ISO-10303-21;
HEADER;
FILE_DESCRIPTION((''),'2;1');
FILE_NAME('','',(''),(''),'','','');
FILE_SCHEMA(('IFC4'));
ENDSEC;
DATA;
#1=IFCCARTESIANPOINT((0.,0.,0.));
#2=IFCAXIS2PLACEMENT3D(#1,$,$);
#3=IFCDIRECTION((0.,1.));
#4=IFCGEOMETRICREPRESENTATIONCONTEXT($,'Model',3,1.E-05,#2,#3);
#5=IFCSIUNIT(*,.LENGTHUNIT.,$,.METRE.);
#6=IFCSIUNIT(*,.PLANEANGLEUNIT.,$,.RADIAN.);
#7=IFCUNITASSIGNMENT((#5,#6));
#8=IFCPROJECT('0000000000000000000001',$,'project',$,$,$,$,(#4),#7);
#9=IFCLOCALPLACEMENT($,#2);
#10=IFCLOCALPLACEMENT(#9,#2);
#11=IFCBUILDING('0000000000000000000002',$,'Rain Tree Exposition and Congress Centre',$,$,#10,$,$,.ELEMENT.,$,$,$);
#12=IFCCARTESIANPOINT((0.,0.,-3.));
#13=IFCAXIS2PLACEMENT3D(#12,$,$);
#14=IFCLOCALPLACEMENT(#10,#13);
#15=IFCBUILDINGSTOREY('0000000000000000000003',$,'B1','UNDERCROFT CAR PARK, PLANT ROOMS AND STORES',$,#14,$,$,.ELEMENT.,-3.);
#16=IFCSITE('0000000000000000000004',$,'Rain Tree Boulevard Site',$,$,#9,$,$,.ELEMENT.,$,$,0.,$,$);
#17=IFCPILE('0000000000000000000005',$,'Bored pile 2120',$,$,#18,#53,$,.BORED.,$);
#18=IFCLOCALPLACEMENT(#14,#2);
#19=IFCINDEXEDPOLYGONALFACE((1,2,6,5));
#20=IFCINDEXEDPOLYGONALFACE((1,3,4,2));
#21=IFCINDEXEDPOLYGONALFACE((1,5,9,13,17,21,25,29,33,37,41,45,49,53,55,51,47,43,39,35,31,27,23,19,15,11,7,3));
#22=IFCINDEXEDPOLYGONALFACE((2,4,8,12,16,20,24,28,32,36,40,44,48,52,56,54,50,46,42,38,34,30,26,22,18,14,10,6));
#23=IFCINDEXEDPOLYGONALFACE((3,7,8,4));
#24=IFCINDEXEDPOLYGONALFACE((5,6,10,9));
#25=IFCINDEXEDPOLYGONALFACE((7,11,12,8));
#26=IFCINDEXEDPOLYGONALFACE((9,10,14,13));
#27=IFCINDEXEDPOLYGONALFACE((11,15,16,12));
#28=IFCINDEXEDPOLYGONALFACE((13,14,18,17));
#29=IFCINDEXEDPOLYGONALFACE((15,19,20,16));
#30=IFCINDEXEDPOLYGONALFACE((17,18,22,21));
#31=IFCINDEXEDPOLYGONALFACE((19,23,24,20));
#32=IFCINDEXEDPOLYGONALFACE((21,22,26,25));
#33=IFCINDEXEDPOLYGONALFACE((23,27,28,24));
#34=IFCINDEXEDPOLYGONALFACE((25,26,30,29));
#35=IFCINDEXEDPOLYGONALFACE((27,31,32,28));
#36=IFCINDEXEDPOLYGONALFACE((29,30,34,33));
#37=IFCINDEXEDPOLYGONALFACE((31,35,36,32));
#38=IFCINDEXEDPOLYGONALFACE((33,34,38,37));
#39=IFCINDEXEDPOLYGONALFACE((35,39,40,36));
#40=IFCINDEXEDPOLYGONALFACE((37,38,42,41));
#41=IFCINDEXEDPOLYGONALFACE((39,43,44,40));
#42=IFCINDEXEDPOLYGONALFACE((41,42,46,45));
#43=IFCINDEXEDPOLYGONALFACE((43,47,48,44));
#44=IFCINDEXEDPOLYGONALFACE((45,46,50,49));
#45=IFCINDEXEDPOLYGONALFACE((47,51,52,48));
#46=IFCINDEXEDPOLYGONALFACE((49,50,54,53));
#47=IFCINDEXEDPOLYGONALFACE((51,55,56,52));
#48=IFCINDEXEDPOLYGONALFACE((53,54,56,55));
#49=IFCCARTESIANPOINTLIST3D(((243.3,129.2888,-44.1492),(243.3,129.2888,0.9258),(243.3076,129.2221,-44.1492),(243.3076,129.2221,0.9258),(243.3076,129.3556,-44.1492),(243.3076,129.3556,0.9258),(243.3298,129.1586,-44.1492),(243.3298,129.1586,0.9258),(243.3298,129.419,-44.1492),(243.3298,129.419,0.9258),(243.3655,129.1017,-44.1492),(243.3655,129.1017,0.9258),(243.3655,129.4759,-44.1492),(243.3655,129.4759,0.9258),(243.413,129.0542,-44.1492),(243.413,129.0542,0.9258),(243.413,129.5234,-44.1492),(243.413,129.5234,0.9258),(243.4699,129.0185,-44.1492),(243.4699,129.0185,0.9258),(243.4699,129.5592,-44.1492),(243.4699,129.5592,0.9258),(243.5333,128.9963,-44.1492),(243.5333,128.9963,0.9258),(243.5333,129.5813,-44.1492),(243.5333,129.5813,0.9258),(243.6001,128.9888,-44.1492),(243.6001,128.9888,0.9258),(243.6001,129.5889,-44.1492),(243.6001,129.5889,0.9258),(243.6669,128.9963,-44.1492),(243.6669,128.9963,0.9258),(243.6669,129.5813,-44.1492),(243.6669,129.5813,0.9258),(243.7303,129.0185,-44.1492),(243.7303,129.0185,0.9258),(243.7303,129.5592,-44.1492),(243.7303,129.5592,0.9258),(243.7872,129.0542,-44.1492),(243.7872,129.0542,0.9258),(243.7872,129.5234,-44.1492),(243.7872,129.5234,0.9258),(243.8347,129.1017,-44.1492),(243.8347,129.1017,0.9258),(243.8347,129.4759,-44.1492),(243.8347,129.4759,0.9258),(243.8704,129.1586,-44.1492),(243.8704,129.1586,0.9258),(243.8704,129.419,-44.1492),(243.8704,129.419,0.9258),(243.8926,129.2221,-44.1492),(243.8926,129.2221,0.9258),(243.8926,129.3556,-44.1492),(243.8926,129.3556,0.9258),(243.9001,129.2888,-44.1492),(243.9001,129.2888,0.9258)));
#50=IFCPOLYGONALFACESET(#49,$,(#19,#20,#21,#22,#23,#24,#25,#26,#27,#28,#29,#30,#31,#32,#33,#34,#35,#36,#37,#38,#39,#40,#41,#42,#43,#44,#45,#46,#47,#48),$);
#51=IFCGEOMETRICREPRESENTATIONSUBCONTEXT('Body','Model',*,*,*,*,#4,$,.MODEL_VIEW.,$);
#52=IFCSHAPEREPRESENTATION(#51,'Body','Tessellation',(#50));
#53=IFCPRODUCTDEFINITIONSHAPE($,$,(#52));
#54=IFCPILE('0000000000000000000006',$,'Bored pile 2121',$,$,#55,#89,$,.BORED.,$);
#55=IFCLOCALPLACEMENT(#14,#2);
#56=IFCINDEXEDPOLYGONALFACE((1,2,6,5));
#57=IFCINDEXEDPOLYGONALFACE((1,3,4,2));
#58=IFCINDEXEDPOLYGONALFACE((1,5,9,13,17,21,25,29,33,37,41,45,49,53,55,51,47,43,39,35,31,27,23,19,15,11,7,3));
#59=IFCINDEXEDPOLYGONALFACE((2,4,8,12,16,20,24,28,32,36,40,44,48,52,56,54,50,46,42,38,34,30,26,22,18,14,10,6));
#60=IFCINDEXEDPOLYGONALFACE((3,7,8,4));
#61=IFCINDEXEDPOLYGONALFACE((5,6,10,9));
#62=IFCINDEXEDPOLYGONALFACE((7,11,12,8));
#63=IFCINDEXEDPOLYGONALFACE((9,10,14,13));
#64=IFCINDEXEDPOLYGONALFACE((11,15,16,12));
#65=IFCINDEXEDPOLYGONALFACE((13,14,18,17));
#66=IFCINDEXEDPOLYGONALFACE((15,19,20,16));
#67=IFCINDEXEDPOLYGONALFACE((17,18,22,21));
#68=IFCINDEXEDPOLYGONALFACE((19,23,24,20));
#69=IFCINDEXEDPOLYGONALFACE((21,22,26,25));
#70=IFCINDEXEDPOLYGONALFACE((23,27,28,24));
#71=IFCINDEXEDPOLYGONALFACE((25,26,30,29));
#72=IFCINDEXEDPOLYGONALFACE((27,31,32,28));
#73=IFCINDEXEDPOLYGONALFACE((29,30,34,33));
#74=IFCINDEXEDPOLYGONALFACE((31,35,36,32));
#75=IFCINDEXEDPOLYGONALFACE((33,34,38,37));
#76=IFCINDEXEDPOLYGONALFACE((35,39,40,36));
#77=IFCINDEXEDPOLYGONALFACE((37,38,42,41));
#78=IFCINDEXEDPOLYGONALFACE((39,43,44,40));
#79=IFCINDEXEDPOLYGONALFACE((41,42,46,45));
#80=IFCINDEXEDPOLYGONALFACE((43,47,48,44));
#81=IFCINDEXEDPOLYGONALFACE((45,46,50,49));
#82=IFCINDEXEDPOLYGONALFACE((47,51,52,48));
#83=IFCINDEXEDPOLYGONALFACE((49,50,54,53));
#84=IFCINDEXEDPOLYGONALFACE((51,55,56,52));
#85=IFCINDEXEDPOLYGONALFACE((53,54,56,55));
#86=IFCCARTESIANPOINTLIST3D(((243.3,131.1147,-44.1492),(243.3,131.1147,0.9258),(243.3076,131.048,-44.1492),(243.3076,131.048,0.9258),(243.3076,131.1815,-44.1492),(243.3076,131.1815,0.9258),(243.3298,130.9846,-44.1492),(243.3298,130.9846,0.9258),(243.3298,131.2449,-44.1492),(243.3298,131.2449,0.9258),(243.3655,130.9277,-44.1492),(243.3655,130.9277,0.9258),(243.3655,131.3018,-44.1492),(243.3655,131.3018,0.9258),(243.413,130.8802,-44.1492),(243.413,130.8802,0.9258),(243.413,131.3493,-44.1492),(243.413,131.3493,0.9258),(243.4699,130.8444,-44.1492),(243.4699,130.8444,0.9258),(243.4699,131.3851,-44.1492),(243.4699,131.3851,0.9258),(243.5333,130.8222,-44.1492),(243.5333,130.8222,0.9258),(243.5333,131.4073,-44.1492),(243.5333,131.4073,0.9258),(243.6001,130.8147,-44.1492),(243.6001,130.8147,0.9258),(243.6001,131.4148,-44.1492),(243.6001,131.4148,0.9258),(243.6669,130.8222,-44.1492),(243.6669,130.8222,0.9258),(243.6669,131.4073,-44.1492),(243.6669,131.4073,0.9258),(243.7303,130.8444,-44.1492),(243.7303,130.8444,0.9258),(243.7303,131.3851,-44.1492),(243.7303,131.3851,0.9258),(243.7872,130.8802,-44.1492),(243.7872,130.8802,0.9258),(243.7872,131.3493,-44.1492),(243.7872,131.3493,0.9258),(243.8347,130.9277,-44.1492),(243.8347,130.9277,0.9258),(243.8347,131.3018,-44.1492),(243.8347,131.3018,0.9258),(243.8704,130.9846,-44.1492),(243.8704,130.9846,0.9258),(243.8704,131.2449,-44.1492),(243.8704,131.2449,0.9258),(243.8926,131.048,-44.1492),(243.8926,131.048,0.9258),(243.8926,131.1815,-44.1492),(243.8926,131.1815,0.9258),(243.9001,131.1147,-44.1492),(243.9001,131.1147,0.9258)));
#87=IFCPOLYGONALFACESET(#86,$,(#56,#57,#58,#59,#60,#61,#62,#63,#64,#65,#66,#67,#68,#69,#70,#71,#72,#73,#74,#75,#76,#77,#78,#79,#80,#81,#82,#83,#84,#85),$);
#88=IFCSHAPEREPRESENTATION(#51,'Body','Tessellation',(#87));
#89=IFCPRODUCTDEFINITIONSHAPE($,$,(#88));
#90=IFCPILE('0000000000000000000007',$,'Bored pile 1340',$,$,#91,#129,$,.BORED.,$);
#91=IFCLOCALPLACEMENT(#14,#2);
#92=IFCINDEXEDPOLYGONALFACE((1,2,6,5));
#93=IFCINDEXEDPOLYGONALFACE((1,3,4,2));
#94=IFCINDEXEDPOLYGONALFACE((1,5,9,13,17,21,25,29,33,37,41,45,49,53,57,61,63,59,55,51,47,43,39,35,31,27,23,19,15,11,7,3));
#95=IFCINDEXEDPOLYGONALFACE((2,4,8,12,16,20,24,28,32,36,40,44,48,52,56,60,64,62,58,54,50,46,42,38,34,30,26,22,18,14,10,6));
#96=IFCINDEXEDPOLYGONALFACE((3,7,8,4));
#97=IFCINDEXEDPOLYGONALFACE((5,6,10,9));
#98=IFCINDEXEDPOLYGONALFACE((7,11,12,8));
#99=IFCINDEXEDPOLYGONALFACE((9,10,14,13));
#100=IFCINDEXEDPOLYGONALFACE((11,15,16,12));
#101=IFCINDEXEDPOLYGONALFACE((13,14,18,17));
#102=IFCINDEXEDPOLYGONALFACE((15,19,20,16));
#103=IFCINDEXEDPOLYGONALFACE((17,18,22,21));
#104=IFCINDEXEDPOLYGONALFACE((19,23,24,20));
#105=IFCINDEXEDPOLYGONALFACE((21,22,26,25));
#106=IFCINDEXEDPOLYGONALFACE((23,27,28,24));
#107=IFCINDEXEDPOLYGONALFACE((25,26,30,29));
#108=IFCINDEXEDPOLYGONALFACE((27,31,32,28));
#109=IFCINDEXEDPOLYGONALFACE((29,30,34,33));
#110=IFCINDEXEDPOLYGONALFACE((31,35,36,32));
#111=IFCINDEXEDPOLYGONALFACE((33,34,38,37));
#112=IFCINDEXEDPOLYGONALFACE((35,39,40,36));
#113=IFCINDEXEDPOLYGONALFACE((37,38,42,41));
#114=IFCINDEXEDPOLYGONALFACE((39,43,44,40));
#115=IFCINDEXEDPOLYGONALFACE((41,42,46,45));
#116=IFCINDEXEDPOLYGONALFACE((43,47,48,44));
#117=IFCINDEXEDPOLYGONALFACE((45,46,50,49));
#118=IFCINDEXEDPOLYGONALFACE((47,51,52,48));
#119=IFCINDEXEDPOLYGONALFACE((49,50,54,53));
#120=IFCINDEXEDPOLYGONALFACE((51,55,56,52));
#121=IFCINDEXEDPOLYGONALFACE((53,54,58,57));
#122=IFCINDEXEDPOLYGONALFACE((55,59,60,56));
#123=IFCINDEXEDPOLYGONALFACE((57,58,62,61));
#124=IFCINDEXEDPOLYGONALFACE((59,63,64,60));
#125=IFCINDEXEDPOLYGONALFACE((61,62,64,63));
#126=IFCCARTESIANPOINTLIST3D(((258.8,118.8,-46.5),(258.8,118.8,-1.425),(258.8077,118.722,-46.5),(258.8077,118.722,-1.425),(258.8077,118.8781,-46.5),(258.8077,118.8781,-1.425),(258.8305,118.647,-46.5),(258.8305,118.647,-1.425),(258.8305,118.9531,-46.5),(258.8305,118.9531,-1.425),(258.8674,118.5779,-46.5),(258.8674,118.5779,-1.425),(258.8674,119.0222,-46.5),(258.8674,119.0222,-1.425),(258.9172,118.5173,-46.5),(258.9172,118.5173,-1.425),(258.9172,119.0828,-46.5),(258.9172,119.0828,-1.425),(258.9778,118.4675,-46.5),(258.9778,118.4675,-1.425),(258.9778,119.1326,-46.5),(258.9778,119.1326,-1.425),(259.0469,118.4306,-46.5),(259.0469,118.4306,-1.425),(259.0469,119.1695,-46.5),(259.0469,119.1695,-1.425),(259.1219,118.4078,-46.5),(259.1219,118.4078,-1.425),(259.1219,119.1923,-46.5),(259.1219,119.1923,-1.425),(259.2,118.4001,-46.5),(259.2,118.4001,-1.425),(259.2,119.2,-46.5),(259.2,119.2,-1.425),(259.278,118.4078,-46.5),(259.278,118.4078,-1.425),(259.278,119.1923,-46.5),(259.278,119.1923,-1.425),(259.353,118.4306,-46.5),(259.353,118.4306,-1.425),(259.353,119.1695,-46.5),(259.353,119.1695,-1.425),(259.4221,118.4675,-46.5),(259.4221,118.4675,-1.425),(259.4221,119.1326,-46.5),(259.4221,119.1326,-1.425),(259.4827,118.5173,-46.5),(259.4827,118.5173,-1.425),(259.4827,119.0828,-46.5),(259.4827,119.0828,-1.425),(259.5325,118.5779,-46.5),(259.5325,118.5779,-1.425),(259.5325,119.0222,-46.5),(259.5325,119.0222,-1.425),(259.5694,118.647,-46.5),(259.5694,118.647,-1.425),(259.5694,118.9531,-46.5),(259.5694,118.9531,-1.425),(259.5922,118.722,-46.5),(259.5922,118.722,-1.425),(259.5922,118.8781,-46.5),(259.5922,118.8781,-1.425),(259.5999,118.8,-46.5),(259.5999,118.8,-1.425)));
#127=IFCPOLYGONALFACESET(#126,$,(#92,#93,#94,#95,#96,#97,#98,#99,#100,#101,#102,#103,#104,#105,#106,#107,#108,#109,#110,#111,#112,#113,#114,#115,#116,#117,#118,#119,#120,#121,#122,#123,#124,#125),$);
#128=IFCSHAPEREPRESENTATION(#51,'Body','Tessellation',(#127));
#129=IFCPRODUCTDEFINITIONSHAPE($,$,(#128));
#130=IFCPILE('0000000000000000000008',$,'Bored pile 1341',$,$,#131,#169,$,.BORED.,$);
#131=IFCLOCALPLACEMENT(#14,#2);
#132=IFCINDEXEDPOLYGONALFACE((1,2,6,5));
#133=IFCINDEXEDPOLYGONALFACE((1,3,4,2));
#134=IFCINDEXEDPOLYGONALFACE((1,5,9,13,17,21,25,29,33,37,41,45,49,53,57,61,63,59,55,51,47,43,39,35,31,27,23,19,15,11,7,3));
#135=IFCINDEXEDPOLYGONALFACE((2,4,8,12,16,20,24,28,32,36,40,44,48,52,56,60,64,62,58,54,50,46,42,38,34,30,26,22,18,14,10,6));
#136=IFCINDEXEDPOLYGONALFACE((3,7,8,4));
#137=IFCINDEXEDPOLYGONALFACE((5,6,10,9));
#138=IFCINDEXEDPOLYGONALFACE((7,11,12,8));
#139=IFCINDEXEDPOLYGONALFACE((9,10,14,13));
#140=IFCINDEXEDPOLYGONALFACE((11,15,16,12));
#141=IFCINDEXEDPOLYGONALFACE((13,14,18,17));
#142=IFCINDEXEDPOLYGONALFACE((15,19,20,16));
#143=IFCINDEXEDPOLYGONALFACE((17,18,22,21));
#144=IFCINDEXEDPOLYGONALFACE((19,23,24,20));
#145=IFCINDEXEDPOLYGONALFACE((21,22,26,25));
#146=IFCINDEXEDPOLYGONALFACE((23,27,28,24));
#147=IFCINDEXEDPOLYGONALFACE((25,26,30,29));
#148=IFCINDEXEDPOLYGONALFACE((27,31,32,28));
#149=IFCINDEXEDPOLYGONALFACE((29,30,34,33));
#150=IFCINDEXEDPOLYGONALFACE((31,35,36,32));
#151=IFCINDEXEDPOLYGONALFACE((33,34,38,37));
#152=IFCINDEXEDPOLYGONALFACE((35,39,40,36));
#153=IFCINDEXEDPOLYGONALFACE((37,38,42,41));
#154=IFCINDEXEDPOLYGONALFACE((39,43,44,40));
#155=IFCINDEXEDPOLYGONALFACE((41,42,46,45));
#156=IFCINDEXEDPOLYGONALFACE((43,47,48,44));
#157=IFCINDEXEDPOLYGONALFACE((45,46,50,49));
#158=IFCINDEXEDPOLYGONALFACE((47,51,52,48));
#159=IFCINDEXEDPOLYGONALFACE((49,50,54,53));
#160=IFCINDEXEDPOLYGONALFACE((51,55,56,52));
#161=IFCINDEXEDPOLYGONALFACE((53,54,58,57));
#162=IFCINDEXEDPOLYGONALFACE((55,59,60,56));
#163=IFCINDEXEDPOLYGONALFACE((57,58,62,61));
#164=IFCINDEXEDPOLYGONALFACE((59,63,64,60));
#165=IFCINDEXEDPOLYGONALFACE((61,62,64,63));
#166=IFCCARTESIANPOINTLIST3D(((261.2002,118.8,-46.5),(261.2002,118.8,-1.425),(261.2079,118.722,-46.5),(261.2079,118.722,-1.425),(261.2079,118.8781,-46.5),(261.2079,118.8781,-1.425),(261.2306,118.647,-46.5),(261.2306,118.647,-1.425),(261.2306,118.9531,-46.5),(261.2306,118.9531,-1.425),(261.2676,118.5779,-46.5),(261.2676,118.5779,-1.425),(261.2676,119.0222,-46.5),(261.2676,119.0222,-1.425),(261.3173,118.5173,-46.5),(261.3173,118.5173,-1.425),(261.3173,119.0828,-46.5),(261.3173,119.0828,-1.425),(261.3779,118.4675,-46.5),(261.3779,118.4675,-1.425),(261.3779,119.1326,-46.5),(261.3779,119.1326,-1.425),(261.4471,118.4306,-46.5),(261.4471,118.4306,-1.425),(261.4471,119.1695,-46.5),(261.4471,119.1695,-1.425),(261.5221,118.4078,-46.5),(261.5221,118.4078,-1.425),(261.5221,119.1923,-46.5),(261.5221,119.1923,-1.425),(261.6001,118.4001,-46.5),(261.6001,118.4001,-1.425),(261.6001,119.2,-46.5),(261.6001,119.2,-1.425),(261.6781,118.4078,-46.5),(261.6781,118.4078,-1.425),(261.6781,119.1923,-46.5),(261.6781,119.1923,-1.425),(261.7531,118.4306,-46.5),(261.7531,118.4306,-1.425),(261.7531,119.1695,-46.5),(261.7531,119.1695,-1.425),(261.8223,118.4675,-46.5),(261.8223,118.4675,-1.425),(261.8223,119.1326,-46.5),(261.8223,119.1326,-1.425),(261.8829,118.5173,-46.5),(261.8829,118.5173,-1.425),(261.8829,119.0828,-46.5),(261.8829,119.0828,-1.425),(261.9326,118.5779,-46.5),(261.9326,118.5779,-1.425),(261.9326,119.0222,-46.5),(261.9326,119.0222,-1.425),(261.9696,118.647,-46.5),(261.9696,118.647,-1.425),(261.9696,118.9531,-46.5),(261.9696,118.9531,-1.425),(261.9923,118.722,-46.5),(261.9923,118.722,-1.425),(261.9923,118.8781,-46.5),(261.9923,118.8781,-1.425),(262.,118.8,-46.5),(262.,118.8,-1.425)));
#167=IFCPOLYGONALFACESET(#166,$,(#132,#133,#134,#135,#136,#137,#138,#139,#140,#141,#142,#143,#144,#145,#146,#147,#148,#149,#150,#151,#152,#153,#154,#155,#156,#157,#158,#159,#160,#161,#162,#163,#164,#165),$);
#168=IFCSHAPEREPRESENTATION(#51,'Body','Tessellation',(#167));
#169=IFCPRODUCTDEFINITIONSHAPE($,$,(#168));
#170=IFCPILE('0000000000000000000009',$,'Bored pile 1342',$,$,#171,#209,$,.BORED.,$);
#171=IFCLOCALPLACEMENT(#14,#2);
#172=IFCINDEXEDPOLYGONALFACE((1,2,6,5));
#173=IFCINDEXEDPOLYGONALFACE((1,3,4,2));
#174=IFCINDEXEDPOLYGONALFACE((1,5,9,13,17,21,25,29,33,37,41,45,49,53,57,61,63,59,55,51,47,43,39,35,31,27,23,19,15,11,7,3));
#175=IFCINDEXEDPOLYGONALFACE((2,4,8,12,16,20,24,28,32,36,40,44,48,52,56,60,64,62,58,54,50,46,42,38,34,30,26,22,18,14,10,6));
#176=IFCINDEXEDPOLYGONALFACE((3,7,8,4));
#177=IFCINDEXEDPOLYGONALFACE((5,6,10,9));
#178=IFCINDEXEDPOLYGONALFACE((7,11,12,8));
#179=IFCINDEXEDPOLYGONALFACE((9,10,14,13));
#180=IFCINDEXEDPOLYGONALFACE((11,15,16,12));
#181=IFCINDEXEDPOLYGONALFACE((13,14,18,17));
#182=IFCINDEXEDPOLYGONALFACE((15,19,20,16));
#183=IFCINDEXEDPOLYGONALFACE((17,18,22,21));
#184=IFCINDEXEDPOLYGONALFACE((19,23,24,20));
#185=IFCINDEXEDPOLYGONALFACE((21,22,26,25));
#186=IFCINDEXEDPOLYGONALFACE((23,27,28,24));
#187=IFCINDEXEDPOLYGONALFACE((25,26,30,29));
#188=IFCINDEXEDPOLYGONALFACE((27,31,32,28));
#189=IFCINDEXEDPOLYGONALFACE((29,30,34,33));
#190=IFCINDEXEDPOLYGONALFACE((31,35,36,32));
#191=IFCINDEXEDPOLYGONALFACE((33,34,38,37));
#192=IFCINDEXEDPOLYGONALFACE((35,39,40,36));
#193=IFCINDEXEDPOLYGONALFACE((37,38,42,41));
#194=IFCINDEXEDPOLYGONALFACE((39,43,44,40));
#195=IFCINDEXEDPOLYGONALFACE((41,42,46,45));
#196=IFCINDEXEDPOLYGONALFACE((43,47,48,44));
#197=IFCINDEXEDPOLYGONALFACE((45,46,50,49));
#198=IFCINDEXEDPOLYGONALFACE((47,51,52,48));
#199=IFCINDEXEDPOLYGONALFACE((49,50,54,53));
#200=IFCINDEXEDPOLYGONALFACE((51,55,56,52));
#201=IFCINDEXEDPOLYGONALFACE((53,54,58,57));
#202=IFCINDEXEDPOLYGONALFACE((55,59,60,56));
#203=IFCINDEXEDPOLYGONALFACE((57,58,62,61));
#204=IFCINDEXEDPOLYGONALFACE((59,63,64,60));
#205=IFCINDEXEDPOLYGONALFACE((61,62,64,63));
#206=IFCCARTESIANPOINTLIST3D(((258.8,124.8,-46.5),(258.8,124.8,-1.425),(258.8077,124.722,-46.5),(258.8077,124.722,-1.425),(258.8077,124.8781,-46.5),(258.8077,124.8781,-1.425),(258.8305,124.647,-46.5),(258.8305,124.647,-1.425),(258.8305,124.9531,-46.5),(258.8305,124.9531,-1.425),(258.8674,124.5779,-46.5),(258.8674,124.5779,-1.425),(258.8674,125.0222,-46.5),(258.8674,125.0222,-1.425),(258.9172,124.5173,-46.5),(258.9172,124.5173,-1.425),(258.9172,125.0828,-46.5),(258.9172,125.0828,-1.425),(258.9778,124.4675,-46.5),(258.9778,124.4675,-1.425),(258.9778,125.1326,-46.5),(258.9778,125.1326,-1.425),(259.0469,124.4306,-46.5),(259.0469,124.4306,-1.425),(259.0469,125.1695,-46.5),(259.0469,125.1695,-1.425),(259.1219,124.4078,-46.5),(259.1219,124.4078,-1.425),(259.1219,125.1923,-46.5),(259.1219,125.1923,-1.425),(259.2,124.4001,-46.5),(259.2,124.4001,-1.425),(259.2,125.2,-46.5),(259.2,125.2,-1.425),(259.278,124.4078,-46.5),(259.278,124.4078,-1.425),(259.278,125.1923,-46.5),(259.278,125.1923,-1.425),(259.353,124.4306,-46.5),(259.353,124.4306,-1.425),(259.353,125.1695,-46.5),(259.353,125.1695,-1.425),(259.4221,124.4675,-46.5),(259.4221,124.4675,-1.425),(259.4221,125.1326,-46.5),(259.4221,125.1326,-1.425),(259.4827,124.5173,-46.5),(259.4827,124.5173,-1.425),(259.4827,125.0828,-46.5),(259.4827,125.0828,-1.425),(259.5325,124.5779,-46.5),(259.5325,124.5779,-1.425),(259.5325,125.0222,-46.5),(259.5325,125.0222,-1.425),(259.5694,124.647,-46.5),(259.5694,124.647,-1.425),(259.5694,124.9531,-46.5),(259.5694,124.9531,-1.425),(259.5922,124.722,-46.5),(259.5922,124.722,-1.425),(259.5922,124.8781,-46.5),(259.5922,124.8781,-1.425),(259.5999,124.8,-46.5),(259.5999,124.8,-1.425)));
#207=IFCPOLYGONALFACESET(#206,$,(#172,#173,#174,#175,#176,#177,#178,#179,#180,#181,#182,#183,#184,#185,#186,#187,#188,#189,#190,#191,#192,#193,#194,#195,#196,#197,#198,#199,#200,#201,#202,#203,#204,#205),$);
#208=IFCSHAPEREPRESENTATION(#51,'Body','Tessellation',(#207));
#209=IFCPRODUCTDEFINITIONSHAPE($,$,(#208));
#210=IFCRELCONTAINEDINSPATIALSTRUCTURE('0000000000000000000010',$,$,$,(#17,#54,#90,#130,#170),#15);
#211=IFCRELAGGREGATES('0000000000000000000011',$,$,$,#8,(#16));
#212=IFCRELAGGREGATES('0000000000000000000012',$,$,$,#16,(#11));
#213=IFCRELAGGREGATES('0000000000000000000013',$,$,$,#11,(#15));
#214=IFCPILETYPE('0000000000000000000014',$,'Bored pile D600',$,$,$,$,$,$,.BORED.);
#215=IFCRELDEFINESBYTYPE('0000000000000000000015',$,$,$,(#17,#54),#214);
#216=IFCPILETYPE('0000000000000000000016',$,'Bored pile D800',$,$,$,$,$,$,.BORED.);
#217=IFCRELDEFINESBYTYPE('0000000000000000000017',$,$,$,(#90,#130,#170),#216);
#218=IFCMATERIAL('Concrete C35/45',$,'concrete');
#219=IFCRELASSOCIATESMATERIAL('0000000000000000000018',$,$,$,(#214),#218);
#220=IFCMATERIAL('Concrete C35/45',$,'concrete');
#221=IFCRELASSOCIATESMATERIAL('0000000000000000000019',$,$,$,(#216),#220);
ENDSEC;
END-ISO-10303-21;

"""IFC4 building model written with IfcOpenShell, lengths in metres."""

from ifc_helpers import new_model, si_unit, direction, frame, origin, origin_2d, place, context, subcontext, project, spatial, circle, extrude, material, material_profile, profile_set, type_object, element, save


model = new_model("IFC4")

# Units and contexts
model_context = context("Model", 3, precision=1e-05, world=origin(), true_north=direction((0.0, 1.0)))
body_context = subcontext(model_context, "Body", "Model", "MODEL_VIEW")
ifc_project = project(units=[si_unit("LENGTHUNIT", "METRE"), si_unit("PLANEANGLEUNIT", "RADIAN")], contexts=[model_context])

# Site, building, storey
site_placement = place(None, origin())
site = spatial("IfcSite", under=ifc_project, at=site_placement, Name="Rain Tree Boulevard Site", CompositionType="ELEMENT", RefElevation=0.0)
building_placement = place(site_placement, origin())
building = spatial("IfcBuilding", under=site, at=building_placement, Name="Rain Tree Exposition and Congress Centre", CompositionType="ELEMENT")
storey_placement = place(building_placement, frame((0.0, 0.0, -3.0)))
storey = spatial("IfcBuildingStorey", under=building, at=storey_placement, Name="B1", Description="UNDERCROFT CAR PARK, PLANT ROOMS AND STORES", CompositionType="ELEMENT", Elevation=-3.0)

# Piles
ifc_material_1 = material(Name="Concrete C35/45", Category="concrete")
ifc_material_profile_1 = material_profile(ifc_material_1, circle(Radius=0.3, at=origin_2d()), Name="D600")
ifc_profile_set_1 = profile_set([ifc_material_profile_1], Name="Concrete C35/45")
pile_type_1 = type_object("IfcPileType", Name="Bored pile D600", PredefinedType="BORED", material=ifc_profile_set_1)
for number, where, z_axis, x_axis, name in (
    (1, (243.6001, 129.2888, 0.9258), (0.0, 0.0, -1.0), (1.0, 0.0, 0.0), "Bored pile 2120"),
    (2, (243.6001, 131.1147, 0.9258), (0.0, 0.0, -1.0), (1.0, 0.0, 0.0), "Bored pile 2121"),
):
    element("IfcPile", number, at=place(storey_placement, frame(where, z_axis=z_axis, x_axis=x_axis)), inside=storey, type_object=pile_type_1, Name=name, PredefinedType="BORED", context=body_context, shape_type="SweptSolid", body=[
        extrude(circle(Radius=0.3, at=origin_2d()), origin(), (0.0, 0.0, 1.0), 45.075),
    ])
ifc_material_2 = material(Name="Concrete C35/45", Category="concrete")
ifc_material_profile_2 = material_profile(ifc_material_2, circle(Radius=0.3999, at=origin_2d()), Name="D800")
ifc_profile_set_2 = profile_set([ifc_material_profile_2], Name="Concrete C35/45")
pile_type_2 = type_object("IfcPileType", Name="Bored pile D800", PredefinedType="BORED", material=ifc_profile_set_2)
for number, where, z_axis, x_axis, name in (
    (3, (259.2, 118.8, -1.425), (0.0, 0.0, -1.0), (1.0, 0.0, 0.0), "Bored pile 1340"),
    (4, (261.6001, 118.8, -1.425), (0.0, 0.0, -1.0), (1.0, 0.0, 0.0), "Bored pile 1341"),
    (5, (259.2, 124.8, -1.425), (0.0, 0.0, -1.0), (1.0, 0.0, 0.0), "Bored pile 1342"),
):
    element("IfcPile", number, at=place(storey_placement, frame(where, z_axis=z_axis, x_axis=x_axis)), inside=storey, type_object=pile_type_2, Name=name, PredefinedType="BORED", context=body_context, shape_type="SweptSolid", body=[
        extrude(circle(Radius=0.3999, at=origin_2d()), origin(), (0.0, 0.0, 1.0), 45.075),
    ])

save(model, "model.ifc")
